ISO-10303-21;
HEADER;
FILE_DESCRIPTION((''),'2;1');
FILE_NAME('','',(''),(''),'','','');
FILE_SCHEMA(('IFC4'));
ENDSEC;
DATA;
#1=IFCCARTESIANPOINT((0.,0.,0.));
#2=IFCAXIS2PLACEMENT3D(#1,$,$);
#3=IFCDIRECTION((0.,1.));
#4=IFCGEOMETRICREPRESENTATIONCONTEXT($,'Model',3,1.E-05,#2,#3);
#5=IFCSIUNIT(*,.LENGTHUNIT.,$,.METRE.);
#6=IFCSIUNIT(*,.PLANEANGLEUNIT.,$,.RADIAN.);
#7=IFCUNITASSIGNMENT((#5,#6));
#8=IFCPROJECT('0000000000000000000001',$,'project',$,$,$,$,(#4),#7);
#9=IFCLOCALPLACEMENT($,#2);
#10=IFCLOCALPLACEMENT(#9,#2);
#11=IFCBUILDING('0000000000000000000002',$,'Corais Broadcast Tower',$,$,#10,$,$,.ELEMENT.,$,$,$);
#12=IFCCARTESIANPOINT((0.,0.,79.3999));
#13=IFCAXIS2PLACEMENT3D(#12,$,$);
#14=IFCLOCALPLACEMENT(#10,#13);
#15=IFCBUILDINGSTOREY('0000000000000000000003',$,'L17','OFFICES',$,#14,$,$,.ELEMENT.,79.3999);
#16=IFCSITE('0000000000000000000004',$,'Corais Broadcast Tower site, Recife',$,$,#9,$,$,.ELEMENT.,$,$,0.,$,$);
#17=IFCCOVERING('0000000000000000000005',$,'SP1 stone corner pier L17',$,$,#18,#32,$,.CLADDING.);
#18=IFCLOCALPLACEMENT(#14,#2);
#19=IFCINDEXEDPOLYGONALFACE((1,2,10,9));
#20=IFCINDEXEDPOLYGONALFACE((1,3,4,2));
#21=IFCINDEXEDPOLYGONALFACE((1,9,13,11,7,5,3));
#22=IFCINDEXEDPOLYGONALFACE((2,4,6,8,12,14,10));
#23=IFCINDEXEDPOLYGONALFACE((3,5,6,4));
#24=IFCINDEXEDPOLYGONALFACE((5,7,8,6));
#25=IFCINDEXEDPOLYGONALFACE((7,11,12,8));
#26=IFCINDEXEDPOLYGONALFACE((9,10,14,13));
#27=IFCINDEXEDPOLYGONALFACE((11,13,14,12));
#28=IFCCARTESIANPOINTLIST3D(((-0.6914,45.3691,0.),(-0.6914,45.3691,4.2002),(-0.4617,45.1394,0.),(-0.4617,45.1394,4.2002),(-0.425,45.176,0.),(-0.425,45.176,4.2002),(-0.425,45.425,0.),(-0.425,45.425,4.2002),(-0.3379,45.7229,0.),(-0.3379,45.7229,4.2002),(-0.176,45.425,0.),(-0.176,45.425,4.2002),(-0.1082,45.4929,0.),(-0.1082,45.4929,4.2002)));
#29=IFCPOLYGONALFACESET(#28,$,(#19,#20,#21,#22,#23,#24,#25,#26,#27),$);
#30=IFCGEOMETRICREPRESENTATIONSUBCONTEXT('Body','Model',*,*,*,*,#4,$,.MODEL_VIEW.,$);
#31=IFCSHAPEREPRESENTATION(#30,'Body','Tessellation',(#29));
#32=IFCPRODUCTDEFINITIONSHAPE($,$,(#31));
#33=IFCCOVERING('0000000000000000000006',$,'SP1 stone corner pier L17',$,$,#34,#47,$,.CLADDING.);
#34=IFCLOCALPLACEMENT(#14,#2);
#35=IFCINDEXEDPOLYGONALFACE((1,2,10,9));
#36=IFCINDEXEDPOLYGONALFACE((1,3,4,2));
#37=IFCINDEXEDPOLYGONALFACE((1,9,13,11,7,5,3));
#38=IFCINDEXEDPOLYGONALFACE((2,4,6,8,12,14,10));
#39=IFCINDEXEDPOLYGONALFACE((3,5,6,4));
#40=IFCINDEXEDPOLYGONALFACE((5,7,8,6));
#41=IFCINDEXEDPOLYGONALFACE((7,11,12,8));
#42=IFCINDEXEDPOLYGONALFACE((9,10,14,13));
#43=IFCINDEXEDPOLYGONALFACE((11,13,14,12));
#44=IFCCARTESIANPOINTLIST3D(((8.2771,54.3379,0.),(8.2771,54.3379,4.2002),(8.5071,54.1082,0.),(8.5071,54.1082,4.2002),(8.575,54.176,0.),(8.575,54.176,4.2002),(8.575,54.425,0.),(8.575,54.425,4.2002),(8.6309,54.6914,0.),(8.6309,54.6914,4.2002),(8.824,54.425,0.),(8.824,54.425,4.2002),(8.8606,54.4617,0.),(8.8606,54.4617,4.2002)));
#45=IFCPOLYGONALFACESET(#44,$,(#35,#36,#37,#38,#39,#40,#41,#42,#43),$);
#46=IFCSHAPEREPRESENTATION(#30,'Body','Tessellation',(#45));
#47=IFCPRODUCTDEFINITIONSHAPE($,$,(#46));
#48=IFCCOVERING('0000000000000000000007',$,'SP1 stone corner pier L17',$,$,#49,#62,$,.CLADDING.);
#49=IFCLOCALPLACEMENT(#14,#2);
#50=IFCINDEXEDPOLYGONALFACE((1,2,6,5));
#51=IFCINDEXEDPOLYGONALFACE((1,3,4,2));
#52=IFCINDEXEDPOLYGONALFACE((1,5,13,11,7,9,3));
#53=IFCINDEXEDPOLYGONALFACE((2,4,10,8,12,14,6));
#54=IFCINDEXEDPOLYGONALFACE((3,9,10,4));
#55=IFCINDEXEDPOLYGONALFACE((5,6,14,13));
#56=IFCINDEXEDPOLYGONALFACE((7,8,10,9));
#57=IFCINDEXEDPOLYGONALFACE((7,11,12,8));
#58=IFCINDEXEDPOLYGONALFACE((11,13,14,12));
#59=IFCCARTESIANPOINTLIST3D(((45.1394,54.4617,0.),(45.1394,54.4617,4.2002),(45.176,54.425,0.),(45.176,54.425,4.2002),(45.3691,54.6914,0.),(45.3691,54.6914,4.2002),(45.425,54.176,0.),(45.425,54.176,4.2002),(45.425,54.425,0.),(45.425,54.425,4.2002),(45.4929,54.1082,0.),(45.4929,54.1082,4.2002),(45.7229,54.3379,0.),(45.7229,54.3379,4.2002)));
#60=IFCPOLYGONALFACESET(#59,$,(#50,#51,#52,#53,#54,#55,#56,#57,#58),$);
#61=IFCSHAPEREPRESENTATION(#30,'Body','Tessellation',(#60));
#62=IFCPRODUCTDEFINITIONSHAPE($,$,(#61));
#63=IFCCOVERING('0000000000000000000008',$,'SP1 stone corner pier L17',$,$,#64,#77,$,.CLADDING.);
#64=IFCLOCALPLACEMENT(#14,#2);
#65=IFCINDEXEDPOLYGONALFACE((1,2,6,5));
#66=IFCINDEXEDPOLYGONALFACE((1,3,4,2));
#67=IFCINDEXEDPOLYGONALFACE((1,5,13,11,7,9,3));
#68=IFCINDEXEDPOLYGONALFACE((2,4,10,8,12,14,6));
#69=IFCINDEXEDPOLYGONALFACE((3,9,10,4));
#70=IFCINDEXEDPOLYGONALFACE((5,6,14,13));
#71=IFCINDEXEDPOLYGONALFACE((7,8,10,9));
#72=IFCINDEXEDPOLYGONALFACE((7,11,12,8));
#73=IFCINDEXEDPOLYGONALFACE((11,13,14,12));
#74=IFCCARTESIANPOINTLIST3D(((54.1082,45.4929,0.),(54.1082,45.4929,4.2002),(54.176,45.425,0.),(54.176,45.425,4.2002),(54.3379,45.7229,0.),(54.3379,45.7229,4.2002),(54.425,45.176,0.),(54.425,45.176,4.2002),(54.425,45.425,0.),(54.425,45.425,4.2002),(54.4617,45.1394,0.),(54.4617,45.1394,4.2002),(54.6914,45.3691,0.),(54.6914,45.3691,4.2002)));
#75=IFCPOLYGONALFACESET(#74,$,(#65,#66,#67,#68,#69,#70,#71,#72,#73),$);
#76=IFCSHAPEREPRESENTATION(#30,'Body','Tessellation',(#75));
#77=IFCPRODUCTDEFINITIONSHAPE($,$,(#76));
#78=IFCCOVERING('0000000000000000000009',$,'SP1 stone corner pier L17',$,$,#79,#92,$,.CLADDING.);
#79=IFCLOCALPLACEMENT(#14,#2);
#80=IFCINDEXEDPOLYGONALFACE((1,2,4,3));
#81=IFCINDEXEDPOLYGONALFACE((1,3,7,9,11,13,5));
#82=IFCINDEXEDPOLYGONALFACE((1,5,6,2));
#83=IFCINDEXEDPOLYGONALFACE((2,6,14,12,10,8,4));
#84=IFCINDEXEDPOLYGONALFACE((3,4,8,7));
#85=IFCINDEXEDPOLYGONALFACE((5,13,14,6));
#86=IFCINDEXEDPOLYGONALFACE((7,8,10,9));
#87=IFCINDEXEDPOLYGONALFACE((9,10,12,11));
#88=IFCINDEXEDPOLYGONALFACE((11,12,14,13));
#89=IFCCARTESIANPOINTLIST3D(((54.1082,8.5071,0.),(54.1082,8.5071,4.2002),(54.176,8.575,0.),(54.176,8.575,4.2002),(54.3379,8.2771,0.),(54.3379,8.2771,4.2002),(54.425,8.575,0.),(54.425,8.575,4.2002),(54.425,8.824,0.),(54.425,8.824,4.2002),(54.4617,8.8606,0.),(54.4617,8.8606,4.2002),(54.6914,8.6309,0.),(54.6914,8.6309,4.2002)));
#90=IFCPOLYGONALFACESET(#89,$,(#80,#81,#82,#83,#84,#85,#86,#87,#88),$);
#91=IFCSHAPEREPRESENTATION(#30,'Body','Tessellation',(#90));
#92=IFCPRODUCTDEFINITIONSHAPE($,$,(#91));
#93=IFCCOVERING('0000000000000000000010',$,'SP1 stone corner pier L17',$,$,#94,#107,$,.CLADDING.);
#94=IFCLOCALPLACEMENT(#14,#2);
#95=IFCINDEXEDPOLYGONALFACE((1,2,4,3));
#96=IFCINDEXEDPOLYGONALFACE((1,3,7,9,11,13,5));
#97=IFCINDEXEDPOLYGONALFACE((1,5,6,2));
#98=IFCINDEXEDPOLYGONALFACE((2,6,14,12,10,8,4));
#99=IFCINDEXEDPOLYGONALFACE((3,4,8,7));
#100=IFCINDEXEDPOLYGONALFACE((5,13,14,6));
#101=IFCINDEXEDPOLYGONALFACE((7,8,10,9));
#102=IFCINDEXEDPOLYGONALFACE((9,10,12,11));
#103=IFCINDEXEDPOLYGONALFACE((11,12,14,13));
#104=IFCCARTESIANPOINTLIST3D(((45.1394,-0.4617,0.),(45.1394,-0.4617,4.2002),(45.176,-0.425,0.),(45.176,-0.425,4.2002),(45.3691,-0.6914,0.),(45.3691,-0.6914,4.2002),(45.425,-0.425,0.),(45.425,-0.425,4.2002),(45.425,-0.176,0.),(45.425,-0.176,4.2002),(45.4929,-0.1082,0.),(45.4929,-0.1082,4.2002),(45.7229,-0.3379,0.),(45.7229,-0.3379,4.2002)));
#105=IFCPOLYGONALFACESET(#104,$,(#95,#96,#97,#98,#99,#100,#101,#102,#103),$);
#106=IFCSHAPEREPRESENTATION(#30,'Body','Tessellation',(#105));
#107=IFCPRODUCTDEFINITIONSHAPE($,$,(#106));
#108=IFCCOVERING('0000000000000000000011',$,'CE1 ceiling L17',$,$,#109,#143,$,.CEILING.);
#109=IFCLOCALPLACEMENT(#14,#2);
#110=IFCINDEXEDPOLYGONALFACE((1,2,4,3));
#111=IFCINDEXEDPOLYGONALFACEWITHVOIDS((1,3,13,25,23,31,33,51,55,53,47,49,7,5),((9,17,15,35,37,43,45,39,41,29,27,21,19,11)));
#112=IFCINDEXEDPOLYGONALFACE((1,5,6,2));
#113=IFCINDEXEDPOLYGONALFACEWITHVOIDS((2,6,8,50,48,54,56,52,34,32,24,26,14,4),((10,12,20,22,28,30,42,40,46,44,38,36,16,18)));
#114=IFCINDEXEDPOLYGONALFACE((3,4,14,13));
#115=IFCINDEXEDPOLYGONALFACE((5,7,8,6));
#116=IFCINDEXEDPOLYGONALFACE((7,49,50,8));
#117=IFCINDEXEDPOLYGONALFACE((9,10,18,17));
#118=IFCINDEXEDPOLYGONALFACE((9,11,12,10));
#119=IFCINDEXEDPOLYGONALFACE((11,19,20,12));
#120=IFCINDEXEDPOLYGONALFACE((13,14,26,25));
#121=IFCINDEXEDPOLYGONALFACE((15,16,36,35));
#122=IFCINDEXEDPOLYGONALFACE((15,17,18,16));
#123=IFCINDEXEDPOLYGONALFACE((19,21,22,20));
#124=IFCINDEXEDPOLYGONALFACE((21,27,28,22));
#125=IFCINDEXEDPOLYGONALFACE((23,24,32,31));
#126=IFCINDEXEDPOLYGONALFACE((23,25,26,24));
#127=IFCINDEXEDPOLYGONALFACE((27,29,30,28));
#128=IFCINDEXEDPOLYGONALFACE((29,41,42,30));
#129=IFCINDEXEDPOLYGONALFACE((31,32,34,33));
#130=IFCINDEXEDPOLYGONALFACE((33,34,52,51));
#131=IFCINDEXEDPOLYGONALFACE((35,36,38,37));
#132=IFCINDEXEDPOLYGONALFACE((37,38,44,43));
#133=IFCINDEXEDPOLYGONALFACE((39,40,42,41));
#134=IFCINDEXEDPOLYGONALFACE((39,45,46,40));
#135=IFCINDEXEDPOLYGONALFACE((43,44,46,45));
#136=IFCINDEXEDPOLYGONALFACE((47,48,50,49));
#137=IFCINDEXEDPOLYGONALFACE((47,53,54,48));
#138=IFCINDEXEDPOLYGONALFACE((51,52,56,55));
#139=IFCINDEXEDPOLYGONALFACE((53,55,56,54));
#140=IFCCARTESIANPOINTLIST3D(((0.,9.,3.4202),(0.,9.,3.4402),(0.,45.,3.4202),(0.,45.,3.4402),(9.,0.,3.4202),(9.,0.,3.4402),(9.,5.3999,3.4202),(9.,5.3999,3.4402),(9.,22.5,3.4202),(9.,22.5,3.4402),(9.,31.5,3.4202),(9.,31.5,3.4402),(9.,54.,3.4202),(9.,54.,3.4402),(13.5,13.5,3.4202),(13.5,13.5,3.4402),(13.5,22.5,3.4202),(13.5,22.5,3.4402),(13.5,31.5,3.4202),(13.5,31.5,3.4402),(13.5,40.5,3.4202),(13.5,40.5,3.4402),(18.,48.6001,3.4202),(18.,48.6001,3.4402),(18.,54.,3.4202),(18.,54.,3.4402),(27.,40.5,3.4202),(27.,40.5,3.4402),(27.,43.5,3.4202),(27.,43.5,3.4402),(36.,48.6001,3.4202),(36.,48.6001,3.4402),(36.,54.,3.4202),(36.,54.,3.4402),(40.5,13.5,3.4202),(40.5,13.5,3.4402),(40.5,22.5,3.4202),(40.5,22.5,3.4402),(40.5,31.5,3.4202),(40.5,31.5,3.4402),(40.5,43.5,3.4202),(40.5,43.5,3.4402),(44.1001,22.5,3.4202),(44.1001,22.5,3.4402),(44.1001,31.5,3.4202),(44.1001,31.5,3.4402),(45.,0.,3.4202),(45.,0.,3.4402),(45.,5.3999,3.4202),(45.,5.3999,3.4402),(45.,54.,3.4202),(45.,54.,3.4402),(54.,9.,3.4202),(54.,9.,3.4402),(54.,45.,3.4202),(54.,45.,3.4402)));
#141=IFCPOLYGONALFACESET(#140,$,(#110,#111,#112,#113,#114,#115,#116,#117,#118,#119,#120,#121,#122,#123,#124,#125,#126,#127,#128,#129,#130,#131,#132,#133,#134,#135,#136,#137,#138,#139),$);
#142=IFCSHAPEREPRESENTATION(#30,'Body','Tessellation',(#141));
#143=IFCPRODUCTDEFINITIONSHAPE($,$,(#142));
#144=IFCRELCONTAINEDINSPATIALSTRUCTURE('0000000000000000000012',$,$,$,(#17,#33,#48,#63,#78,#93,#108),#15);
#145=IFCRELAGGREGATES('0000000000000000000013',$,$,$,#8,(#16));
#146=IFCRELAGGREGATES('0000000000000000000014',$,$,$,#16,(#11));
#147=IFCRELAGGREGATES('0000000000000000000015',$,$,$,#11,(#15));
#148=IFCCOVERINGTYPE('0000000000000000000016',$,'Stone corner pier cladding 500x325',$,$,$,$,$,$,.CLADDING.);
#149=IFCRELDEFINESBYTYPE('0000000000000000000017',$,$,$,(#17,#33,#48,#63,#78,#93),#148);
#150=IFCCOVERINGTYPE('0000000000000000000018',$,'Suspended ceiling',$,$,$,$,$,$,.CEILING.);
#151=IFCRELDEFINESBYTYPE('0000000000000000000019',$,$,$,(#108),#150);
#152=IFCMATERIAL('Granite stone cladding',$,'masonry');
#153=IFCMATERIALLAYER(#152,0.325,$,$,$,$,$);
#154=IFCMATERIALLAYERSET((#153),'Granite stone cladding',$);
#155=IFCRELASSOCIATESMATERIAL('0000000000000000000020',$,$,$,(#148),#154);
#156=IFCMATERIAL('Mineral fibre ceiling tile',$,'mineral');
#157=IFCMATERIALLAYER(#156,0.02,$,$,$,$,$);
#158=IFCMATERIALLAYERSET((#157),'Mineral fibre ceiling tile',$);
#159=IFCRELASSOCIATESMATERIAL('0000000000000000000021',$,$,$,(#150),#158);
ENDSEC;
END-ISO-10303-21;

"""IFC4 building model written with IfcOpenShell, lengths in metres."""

from ifc_helpers import new_model, si_unit, direction, frame, origin, place, context, subcontext, project, spatial, polyline, outline, extrude, material, layer, layer_set, type_object, element, save


model = new_model("IFC4")

# Units and contexts
model_context = context("Model", 3, precision=1e-05, world=origin(), true_north=direction((0.0, 1.0)))
body_context = subcontext(model_context, "Body", "Model", "MODEL_VIEW")
ifc_project = project(units=[si_unit("LENGTHUNIT", "METRE"), si_unit("PLANEANGLEUNIT", "RADIAN")], contexts=[model_context])

# Site, building, storey
site_placement = place(None, origin())
site = spatial("IfcSite", under=ifc_project, at=site_placement, Name="Corais Broadcast Tower site, Recife", CompositionType="ELEMENT", RefElevation=0.0)
building_placement = place(site_placement, origin())
building = spatial("IfcBuilding", under=site, at=building_placement, Name="Corais Broadcast Tower", CompositionType="ELEMENT")
storey_placement = place(building_placement, frame((0.0, 0.0, 79.3999)))
storey = spatial("IfcBuildingStorey", under=building, at=storey_placement, Name="L17", Description="OFFICES", CompositionType="ELEMENT", Elevation=79.3999)

# Coverings
ifc_material_1 = material(Name="Granite stone cladding", Category="masonry")
ifc_layer_1 = layer(ifc_material_1, 0.325)
ifc_layer_set_1 = layer_set([ifc_layer_1], Name="Granite stone cladding")
covering_type_1 = type_object("IfcCoveringType", Name="Stone corner pier cladding 500x325", PredefinedType="CLADDING", material=ifc_layer_set_1)
covering_1_placement = place(storey_placement, origin())
element("IfcCovering", 1, at=covering_1_placement, inside=storey, type_object=covering_type_1, Name="SP1 stone corner pier L17", PredefinedType="CLADDING", context=body_context, shape_type="SweptSolid", body=[
    extrude(outline(polyline([(-0.4617, 45.1394), (-0.425, 45.176), (-0.425, 45.425), (-0.176, 45.425), (-0.1082, 45.4929), (-0.3379, 45.7229), (-0.6914, 45.3691), (-0.4617, 45.1394)])), origin(), (0.0, 0.0, 1.0), 4.2002),
])
covering_2_placement = place(storey_placement, origin())
element("IfcCovering", 2, at=covering_2_placement, inside=storey, type_object=covering_type_1, Name="SP1 stone corner pier L17", PredefinedType="CLADDING", context=body_context, shape_type="SweptSolid", body=[
    extrude(outline(polyline([(8.824, 54.425), (8.8606, 54.4617), (8.6309, 54.6914), (8.2771, 54.3379), (8.5071, 54.1082), (8.575, 54.176), (8.575, 54.425), (8.824, 54.425)])), origin(), (0.0, 0.0, 1.0), 4.2002),
])
covering_3_placement = place(storey_placement, origin())
element("IfcCovering", 3, at=covering_3_placement, inside=storey, type_object=covering_type_1, Name="SP1 stone corner pier L17", PredefinedType="CLADDING", context=body_context, shape_type="SweptSolid", body=[
    extrude(outline(polyline([(45.1394, 54.4617), (45.176, 54.425), (45.425, 54.425), (45.425, 54.176), (45.4929, 54.1082), (45.7229, 54.3379), (45.3691, 54.6914), (45.1394, 54.4617)])), origin(), (0.0, 0.0, 1.0), 4.2002),
])
covering_4_placement = place(storey_placement, origin())
element("IfcCovering", 4, at=covering_4_placement, inside=storey, type_object=covering_type_1, Name="SP1 stone corner pier L17", PredefinedType="CLADDING", context=body_context, shape_type="SweptSolid", body=[
    extrude(outline(polyline([(54.425, 45.176), (54.4617, 45.1394), (54.6914, 45.3691), (54.3379, 45.7229), (54.1082, 45.4929), (54.176, 45.425), (54.425, 45.425), (54.425, 45.176)])), origin(), (0.0, 0.0, 1.0), 4.2002),
])
covering_5_placement = place(storey_placement, origin())
element("IfcCovering", 5, at=covering_5_placement, inside=storey, type_object=covering_type_1, Name="SP1 stone corner pier L17", PredefinedType="CLADDING", context=body_context, shape_type="SweptSolid", body=[
    extrude(outline(polyline([(54.4617, 8.8606), (54.425, 8.824), (54.425, 8.575), (54.176, 8.575), (54.1082, 8.5071), (54.3379, 8.2771), (54.6914, 8.6309), (54.4617, 8.8606)])), origin(), (0.0, 0.0, 1.0), 4.2002),
])
covering_6_placement = place(storey_placement, origin())
element("IfcCovering", 6, at=covering_6_placement, inside=storey, type_object=covering_type_1, Name="SP1 stone corner pier L17", PredefinedType="CLADDING", context=body_context, shape_type="SweptSolid", body=[
    extrude(outline(polyline([(45.176, -0.425), (45.1394, -0.4617), (45.3691, -0.6914), (45.7229, -0.3379), (45.4929, -0.1082), (45.425, -0.176), (45.425, -0.425), (45.176, -0.425)])), origin(), (0.0, 0.0, 1.0), 4.2002),
])
ifc_material_2 = material(Name="Mineral fibre ceiling tile", Category="mineral")
ifc_layer_2 = layer(ifc_material_2, 0.02)
ifc_layer_set_2 = layer_set([ifc_layer_2], Name="Mineral fibre ceiling tile")
covering_type_2 = type_object("IfcCoveringType", Name="Suspended ceiling", PredefinedType="CEILING", material=ifc_layer_set_2)
covering_7_placement = place(storey_placement, frame((0.0, 0.0, 3.4202)))
element("IfcCovering", 7, at=covering_7_placement, inside=storey, type_object=covering_type_2, Name="CE1 ceiling L17", PredefinedType="CEILING", context=body_context, shape_type="SweptSolid", body=[
    extrude(outline(polyline([(9.0, 5.3999), (9.0, 0.0), (0.0, 9.0), (0.0, 45.0), (9.0, 54.0), (18.0, 54.0), (18.0, 48.6001), (36.0, 48.6001), (36.0, 54.0), (45.0, 54.0), (54.0, 45.0), (54.0, 9.0), (45.0, 0.0), (45.0, 5.3999), (9.0, 5.3999)]), holes=[polyline([(40.5, 13.5), (40.5, 22.5), (44.1001, 22.5), (44.1001, 31.5), (40.5, 31.5), (40.5, 43.5), (27.0, 43.5), (27.0, 40.5), (13.5, 40.5), (13.5, 31.5), (9.0, 31.5), (9.0, 22.5), (13.5, 22.5), (13.5, 13.5), (40.5, 13.5)])]), origin(), (0.0, 0.0, 1.0), 0.02),
])

save(model, "model.ifc")
